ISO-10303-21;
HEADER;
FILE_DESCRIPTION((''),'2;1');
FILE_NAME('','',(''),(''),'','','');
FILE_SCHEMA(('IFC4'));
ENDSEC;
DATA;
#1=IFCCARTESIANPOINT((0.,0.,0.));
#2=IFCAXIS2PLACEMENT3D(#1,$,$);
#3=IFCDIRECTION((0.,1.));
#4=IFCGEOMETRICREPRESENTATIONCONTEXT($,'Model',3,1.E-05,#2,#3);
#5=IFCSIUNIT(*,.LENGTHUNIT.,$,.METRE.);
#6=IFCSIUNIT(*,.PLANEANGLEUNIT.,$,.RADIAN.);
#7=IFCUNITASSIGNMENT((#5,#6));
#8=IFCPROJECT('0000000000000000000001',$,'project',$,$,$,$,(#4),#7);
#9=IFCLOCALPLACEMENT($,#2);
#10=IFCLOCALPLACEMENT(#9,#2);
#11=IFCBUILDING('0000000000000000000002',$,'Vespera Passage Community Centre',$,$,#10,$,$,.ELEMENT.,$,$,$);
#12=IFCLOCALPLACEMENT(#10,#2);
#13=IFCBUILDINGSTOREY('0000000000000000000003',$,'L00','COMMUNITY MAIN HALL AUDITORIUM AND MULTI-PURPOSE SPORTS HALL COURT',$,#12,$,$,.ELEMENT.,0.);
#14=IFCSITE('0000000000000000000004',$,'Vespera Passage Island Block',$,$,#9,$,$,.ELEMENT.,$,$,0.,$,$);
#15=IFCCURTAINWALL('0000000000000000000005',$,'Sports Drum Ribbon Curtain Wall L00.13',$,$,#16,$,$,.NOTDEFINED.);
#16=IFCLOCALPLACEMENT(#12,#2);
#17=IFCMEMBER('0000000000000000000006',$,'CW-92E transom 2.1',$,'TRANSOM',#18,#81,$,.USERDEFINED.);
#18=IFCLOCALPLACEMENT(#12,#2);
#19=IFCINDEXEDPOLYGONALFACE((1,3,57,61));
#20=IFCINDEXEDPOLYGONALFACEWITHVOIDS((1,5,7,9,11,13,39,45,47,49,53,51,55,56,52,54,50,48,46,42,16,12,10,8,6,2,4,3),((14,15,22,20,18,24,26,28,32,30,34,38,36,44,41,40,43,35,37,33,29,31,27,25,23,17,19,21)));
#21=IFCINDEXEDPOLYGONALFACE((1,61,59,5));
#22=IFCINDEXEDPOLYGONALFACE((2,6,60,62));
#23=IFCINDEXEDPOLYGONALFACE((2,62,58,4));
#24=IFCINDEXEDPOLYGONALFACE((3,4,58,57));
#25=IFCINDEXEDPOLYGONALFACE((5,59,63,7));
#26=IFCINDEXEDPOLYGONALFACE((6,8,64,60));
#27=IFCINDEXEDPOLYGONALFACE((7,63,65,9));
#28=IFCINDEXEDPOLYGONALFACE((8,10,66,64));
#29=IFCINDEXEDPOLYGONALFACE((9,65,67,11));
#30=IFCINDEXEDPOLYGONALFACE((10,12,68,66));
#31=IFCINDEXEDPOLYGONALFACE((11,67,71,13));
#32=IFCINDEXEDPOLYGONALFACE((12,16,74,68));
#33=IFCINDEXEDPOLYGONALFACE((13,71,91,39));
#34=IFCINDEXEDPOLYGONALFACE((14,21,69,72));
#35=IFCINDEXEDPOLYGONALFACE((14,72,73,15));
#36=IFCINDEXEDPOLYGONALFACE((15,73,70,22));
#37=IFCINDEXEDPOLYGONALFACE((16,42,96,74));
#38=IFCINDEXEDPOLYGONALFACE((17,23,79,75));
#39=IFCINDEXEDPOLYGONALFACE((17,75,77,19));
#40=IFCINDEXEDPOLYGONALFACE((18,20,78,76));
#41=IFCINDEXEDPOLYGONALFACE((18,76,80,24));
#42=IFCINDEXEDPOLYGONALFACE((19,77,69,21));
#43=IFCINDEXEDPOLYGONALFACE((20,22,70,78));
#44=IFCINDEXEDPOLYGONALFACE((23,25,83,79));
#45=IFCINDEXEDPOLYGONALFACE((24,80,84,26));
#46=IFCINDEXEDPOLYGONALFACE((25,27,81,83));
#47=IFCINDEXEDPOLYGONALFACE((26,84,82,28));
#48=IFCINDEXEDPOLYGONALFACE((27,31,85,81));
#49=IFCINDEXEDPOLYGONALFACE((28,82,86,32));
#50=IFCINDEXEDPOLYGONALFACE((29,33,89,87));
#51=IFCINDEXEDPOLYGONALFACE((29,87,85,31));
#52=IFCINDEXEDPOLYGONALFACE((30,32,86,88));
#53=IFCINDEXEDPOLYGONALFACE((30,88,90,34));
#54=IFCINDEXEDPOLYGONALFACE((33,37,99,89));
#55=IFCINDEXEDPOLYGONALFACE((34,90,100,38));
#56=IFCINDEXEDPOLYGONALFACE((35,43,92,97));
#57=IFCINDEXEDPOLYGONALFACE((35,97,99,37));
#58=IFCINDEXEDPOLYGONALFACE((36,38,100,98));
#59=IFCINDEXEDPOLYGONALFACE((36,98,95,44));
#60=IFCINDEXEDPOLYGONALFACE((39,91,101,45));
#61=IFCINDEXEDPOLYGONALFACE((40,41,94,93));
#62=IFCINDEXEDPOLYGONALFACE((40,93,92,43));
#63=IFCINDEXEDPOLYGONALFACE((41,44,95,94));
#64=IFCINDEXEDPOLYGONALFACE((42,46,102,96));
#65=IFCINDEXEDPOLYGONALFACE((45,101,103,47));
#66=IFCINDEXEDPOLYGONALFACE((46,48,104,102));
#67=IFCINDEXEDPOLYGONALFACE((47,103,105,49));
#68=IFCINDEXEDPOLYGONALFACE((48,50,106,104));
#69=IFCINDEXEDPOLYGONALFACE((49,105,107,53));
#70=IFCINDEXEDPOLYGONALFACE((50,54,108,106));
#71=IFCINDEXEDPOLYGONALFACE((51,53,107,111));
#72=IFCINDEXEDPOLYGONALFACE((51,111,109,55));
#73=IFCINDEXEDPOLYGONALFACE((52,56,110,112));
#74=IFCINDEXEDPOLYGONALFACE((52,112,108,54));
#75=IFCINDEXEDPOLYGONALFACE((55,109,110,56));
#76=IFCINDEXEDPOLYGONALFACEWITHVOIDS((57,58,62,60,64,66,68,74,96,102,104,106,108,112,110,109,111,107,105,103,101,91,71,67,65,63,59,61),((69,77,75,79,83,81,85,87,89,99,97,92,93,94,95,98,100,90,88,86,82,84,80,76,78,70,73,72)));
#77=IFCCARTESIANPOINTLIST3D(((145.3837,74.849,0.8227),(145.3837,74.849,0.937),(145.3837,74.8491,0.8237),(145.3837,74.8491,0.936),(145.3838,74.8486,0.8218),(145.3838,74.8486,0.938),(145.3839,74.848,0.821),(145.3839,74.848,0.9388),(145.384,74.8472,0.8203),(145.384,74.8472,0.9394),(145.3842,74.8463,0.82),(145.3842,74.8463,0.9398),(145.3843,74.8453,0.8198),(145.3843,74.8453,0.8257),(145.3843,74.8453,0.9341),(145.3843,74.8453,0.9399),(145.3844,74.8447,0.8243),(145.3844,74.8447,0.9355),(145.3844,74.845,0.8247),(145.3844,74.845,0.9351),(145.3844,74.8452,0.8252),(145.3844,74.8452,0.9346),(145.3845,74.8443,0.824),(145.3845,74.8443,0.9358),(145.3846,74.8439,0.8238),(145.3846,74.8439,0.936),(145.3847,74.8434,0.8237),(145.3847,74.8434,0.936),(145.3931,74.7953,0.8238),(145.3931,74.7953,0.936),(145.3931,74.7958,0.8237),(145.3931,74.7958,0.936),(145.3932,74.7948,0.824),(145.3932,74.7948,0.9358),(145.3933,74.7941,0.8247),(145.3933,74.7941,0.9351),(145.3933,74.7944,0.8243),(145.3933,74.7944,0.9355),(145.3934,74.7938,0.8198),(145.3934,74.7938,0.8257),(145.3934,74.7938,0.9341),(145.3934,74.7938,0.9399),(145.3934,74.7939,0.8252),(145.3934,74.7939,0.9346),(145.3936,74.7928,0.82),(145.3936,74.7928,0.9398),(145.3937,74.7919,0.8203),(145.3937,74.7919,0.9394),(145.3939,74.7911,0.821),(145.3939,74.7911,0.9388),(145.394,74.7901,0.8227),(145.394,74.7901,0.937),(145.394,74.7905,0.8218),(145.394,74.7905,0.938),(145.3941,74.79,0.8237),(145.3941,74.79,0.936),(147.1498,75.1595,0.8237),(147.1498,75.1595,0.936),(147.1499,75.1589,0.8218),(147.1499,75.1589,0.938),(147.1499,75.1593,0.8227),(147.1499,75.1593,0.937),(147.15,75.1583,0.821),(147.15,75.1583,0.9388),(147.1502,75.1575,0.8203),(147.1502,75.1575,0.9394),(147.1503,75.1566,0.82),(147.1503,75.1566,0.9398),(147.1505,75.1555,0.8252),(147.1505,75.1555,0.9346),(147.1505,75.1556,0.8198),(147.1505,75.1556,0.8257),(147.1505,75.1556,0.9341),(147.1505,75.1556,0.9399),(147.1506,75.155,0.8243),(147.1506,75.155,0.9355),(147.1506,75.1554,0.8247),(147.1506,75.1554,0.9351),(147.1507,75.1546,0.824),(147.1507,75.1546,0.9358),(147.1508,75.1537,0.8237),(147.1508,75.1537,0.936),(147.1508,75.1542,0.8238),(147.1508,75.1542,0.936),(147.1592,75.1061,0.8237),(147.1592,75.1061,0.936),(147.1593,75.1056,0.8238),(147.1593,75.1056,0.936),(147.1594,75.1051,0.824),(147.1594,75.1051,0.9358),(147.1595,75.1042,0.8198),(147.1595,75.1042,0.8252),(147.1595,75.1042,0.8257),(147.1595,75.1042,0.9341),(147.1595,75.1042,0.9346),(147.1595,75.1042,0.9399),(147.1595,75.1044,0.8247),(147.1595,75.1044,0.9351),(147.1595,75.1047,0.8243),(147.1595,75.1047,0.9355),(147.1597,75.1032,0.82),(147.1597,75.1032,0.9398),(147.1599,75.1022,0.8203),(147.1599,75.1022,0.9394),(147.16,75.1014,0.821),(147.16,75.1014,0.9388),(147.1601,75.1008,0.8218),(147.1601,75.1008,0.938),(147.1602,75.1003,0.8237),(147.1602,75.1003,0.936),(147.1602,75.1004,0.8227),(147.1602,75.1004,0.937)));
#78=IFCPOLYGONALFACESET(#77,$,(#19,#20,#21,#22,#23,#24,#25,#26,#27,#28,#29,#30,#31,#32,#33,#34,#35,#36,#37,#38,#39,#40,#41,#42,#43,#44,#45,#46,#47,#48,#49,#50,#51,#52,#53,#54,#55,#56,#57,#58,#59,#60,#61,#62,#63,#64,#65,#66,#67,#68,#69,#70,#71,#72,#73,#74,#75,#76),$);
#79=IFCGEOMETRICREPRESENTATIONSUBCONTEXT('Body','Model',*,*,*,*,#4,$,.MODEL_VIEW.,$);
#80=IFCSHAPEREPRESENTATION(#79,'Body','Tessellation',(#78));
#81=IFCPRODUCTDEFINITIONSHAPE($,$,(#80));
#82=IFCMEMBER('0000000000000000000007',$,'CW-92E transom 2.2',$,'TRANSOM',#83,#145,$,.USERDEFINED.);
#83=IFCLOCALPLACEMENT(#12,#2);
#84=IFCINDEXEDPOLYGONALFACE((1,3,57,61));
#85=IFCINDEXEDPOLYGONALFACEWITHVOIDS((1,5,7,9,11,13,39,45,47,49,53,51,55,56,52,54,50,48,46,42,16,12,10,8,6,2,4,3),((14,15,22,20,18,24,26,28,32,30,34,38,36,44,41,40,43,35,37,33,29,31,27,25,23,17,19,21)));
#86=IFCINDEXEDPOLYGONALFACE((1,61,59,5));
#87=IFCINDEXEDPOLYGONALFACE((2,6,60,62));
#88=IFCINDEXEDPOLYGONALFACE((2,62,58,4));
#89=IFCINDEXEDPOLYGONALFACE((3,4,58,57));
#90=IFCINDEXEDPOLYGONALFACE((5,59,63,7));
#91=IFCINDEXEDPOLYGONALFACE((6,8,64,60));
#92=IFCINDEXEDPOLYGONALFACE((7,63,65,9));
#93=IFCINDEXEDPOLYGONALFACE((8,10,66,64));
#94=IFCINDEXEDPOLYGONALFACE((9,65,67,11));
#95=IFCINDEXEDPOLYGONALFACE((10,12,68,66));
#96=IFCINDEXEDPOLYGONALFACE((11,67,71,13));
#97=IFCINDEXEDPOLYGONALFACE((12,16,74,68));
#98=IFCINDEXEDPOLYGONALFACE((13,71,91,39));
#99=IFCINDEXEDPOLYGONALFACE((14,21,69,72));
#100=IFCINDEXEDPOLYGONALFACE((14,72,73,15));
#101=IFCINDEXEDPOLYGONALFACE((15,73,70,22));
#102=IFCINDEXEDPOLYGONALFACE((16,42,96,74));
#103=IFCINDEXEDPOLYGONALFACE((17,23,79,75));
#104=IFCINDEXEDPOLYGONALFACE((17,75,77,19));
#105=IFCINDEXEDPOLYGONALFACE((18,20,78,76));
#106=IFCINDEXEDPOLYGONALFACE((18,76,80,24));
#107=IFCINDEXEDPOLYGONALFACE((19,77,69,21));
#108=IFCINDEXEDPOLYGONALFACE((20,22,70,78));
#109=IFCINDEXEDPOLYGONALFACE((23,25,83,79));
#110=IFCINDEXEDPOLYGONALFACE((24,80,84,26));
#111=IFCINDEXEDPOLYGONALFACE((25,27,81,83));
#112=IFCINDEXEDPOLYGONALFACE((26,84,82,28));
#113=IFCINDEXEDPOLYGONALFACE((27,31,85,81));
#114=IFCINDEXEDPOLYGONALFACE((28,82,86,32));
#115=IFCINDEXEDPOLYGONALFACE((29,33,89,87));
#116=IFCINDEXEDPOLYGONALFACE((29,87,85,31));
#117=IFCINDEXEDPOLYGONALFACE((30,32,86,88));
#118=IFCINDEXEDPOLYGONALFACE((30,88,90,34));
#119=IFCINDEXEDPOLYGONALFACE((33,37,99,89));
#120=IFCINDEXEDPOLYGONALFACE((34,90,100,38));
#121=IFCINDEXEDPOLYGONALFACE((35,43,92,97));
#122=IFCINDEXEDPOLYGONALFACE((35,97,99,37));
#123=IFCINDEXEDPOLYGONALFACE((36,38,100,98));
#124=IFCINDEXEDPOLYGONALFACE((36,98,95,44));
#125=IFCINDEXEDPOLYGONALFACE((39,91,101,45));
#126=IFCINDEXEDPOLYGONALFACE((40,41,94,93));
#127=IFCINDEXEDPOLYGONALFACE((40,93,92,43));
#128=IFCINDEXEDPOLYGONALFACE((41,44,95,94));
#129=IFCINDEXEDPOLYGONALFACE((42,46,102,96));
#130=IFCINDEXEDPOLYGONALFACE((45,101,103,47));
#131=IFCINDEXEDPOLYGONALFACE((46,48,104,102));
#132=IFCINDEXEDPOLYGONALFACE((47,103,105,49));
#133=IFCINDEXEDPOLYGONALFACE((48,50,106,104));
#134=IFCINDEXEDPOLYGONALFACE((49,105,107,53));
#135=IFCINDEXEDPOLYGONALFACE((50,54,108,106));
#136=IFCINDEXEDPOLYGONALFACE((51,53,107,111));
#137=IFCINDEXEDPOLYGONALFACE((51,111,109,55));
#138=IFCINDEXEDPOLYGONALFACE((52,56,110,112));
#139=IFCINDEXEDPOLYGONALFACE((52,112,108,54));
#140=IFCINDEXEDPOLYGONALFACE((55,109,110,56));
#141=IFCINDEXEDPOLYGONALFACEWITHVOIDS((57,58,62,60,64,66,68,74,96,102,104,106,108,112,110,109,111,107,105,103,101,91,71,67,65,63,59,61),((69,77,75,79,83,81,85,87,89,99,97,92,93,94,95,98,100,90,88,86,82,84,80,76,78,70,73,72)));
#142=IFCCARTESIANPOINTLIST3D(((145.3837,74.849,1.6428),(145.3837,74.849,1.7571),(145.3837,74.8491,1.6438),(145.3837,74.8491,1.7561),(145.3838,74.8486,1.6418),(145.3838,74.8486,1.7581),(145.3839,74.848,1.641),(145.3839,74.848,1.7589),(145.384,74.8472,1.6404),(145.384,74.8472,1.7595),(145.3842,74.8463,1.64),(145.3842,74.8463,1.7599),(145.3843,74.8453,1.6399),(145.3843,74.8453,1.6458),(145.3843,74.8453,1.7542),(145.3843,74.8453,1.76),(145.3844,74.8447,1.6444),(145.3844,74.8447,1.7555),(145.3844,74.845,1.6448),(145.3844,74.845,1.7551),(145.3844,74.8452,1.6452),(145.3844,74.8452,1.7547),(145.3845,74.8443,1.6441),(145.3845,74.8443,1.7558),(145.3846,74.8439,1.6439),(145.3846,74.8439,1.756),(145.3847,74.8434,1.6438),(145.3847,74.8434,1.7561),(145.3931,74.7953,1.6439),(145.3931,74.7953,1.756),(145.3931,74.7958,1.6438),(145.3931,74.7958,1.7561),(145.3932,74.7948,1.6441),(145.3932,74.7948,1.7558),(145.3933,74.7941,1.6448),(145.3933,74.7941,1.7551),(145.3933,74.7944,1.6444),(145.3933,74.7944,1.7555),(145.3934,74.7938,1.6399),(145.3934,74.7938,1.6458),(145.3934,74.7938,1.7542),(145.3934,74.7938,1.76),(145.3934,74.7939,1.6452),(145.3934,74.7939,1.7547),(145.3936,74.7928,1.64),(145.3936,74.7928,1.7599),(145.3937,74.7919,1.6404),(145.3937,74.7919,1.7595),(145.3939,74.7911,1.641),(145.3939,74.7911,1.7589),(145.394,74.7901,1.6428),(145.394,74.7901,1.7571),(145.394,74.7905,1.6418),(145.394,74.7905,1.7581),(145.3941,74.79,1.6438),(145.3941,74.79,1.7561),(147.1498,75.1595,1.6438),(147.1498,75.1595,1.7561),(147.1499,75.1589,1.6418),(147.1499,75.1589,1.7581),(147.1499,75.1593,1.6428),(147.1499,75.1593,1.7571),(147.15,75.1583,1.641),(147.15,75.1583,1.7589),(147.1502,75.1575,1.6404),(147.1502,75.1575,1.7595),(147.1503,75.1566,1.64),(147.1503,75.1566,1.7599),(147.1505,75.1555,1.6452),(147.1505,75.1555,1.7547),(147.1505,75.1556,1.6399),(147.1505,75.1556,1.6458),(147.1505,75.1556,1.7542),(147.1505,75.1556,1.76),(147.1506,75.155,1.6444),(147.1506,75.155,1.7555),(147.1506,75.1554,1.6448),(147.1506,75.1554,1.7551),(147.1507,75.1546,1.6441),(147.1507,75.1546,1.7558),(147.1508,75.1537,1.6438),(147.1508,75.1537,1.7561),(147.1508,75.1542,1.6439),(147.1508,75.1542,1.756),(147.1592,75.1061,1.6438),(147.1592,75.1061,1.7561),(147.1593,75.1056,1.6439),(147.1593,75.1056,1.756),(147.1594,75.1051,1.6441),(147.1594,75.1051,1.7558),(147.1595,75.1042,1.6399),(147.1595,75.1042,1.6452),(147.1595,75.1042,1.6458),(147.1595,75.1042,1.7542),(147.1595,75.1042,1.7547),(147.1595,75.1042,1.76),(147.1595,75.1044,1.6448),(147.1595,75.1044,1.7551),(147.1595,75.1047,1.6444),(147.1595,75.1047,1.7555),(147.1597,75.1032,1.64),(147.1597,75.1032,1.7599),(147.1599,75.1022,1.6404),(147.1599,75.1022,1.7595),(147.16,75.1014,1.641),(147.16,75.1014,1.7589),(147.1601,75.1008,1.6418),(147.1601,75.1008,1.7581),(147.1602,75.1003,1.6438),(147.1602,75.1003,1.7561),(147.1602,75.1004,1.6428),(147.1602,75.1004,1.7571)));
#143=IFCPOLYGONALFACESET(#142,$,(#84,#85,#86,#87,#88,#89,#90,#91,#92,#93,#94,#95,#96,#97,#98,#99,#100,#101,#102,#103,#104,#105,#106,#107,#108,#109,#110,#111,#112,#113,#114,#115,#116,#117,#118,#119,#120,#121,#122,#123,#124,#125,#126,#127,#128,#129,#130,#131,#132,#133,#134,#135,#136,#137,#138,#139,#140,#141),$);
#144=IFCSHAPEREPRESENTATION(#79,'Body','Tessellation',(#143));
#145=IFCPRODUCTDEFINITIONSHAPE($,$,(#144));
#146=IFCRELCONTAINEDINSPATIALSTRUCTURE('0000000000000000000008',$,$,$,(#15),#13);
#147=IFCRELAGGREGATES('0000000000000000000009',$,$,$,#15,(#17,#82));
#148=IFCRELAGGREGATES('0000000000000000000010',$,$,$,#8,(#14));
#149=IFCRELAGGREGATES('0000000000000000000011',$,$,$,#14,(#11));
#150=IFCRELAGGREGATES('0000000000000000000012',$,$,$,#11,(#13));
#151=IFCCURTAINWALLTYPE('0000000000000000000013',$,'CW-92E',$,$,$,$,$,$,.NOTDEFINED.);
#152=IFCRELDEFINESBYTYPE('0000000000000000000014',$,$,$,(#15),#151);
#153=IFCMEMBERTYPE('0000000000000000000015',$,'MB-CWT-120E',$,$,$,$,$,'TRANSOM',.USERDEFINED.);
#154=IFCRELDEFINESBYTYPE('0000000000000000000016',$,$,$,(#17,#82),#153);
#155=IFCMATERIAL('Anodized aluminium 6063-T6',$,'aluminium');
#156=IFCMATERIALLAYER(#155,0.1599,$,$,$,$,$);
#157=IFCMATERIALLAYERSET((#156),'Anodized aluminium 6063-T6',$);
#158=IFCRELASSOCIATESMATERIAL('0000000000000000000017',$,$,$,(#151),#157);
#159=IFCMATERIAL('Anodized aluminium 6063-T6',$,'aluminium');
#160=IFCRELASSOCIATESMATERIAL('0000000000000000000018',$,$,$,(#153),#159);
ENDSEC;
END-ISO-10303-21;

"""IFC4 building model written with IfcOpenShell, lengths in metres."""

from ifc_helpers import new_model, si_unit, direction, frame, origin, origin_2d, place, context, subcontext, project, spatial, hollow_rectangle, extrude, material, layer, layer_set, material_profile, profile_set, type_object, element, aggregate, save


model = new_model("IFC4")

# Units and contexts
model_context = context("Model", 3, precision=1e-05, world=origin(), true_north=direction((0.0, 1.0)))
body_context = subcontext(model_context, "Body", "Model", "MODEL_VIEW")
ifc_project = project(units=[si_unit("LENGTHUNIT", "METRE"), si_unit("PLANEANGLEUNIT", "RADIAN")], contexts=[model_context])

# Site, building, storey
site_placement = place(None, origin())
site = spatial("IfcSite", under=ifc_project, at=site_placement, Name="Vespera Passage Island Block", CompositionType="ELEMENT", RefElevation=0.0)
building_placement = place(site_placement, origin())
building = spatial("IfcBuilding", under=site, at=building_placement, Name="Vespera Passage Community Centre", CompositionType="ELEMENT")
storey_placement = place(building_placement, origin())
storey = spatial("IfcBuildingStorey", under=building, at=storey_placement, Name="L00", Description="COMMUNITY MAIN HALL AUDITORIUM AND MULTI-PURPOSE SPORTS HALL COURT", CompositionType="ELEMENT", Elevation=0.0)

# Curtain wall
ifc_material_1 = material(Name="Anodized aluminium 6063-T6", Category="aluminium")
ifc_layer_1 = layer(ifc_material_1, 0.1599)
ifc_layer_set_1 = layer_set([ifc_layer_1], Name="Anodized aluminium 6063-T6")
curtain_wall_type_1 = type_object("IfcCurtainWallType", Name="CW-92E", PredefinedType="NOTDEFINED", material=ifc_layer_set_1)
curtain_wall_1_placement = place(storey_placement, origin())
curtain_wall_1 = element("IfcCurtainWall", 1, at=curtain_wall_1_placement, inside=storey, type_object=curtain_wall_type_1, Name="Sports Drum Ribbon Curtain Wall L00.13", PredefinedType="NOTDEFINED")

# Members
ifc_material_2 = material(Name="Anodized aluminium 6063-T6", Category="aluminium")
ifc_material_profile_1 = material_profile(ifc_material_2, hollow_rectangle(XDim=0.0601, YDim=0.1201, WallThickness=0.0039, InnerFilletRadius=0.002, OuterFilletRadius=0.0039, at=origin_2d()), Name="ALU120X60X4")
ifc_profile_set_1 = profile_set([ifc_material_profile_1], Name="Anodized aluminium 6063-T6")
member_type_1 = type_object("IfcMemberType", Name="MB-CWT-120E", ElementType="TRANSOM", PredefinedType="USERDEFINED", material=ifc_profile_set_1)
member_1_placement = place(storey_placement, frame((147.155, 75.1299, 0.8799), z_axis=(-0.984913, -0.173047, 0.0), x_axis=(0.173047, -0.984913, 0.0)))
member_1 = element("IfcMember", 2, at=member_1_placement, type_object=member_type_1, Name="CW-92E transom 2.1", ObjectType="TRANSOM", PredefinedType="USERDEFINED", context=body_context, shape_type="SweptSolid", body=[
    extrude(hollow_rectangle(XDim=0.0601, YDim=0.1201, WallThickness=0.0039, InnerFilletRadius=0.002, OuterFilletRadius=0.0039, at=origin_2d()), origin(), (0.0, 0.0, 1.0), 1.7932),
])
member_2_placement = place(storey_placement, frame((147.155, 75.1299, 1.7), z_axis=(-0.984913, -0.173047, 0.0), x_axis=(0.173047, -0.984913, 0.0)))
member_2 = element("IfcMember", 3, at=member_2_placement, type_object=member_type_1, Name="CW-92E transom 2.2", ObjectType="TRANSOM", PredefinedType="USERDEFINED", context=body_context, shape_type="SweptSolid", body=[
    extrude(hollow_rectangle(XDim=0.0601, YDim=0.1201, WallThickness=0.0039, InnerFilletRadius=0.002, OuterFilletRadius=0.0039, at=origin_2d()), origin(), (0.0, 0.0, 1.0), 1.7932),
])

aggregate(curtain_wall_1, [member_1, member_2])

save(model, "model.ifc")
